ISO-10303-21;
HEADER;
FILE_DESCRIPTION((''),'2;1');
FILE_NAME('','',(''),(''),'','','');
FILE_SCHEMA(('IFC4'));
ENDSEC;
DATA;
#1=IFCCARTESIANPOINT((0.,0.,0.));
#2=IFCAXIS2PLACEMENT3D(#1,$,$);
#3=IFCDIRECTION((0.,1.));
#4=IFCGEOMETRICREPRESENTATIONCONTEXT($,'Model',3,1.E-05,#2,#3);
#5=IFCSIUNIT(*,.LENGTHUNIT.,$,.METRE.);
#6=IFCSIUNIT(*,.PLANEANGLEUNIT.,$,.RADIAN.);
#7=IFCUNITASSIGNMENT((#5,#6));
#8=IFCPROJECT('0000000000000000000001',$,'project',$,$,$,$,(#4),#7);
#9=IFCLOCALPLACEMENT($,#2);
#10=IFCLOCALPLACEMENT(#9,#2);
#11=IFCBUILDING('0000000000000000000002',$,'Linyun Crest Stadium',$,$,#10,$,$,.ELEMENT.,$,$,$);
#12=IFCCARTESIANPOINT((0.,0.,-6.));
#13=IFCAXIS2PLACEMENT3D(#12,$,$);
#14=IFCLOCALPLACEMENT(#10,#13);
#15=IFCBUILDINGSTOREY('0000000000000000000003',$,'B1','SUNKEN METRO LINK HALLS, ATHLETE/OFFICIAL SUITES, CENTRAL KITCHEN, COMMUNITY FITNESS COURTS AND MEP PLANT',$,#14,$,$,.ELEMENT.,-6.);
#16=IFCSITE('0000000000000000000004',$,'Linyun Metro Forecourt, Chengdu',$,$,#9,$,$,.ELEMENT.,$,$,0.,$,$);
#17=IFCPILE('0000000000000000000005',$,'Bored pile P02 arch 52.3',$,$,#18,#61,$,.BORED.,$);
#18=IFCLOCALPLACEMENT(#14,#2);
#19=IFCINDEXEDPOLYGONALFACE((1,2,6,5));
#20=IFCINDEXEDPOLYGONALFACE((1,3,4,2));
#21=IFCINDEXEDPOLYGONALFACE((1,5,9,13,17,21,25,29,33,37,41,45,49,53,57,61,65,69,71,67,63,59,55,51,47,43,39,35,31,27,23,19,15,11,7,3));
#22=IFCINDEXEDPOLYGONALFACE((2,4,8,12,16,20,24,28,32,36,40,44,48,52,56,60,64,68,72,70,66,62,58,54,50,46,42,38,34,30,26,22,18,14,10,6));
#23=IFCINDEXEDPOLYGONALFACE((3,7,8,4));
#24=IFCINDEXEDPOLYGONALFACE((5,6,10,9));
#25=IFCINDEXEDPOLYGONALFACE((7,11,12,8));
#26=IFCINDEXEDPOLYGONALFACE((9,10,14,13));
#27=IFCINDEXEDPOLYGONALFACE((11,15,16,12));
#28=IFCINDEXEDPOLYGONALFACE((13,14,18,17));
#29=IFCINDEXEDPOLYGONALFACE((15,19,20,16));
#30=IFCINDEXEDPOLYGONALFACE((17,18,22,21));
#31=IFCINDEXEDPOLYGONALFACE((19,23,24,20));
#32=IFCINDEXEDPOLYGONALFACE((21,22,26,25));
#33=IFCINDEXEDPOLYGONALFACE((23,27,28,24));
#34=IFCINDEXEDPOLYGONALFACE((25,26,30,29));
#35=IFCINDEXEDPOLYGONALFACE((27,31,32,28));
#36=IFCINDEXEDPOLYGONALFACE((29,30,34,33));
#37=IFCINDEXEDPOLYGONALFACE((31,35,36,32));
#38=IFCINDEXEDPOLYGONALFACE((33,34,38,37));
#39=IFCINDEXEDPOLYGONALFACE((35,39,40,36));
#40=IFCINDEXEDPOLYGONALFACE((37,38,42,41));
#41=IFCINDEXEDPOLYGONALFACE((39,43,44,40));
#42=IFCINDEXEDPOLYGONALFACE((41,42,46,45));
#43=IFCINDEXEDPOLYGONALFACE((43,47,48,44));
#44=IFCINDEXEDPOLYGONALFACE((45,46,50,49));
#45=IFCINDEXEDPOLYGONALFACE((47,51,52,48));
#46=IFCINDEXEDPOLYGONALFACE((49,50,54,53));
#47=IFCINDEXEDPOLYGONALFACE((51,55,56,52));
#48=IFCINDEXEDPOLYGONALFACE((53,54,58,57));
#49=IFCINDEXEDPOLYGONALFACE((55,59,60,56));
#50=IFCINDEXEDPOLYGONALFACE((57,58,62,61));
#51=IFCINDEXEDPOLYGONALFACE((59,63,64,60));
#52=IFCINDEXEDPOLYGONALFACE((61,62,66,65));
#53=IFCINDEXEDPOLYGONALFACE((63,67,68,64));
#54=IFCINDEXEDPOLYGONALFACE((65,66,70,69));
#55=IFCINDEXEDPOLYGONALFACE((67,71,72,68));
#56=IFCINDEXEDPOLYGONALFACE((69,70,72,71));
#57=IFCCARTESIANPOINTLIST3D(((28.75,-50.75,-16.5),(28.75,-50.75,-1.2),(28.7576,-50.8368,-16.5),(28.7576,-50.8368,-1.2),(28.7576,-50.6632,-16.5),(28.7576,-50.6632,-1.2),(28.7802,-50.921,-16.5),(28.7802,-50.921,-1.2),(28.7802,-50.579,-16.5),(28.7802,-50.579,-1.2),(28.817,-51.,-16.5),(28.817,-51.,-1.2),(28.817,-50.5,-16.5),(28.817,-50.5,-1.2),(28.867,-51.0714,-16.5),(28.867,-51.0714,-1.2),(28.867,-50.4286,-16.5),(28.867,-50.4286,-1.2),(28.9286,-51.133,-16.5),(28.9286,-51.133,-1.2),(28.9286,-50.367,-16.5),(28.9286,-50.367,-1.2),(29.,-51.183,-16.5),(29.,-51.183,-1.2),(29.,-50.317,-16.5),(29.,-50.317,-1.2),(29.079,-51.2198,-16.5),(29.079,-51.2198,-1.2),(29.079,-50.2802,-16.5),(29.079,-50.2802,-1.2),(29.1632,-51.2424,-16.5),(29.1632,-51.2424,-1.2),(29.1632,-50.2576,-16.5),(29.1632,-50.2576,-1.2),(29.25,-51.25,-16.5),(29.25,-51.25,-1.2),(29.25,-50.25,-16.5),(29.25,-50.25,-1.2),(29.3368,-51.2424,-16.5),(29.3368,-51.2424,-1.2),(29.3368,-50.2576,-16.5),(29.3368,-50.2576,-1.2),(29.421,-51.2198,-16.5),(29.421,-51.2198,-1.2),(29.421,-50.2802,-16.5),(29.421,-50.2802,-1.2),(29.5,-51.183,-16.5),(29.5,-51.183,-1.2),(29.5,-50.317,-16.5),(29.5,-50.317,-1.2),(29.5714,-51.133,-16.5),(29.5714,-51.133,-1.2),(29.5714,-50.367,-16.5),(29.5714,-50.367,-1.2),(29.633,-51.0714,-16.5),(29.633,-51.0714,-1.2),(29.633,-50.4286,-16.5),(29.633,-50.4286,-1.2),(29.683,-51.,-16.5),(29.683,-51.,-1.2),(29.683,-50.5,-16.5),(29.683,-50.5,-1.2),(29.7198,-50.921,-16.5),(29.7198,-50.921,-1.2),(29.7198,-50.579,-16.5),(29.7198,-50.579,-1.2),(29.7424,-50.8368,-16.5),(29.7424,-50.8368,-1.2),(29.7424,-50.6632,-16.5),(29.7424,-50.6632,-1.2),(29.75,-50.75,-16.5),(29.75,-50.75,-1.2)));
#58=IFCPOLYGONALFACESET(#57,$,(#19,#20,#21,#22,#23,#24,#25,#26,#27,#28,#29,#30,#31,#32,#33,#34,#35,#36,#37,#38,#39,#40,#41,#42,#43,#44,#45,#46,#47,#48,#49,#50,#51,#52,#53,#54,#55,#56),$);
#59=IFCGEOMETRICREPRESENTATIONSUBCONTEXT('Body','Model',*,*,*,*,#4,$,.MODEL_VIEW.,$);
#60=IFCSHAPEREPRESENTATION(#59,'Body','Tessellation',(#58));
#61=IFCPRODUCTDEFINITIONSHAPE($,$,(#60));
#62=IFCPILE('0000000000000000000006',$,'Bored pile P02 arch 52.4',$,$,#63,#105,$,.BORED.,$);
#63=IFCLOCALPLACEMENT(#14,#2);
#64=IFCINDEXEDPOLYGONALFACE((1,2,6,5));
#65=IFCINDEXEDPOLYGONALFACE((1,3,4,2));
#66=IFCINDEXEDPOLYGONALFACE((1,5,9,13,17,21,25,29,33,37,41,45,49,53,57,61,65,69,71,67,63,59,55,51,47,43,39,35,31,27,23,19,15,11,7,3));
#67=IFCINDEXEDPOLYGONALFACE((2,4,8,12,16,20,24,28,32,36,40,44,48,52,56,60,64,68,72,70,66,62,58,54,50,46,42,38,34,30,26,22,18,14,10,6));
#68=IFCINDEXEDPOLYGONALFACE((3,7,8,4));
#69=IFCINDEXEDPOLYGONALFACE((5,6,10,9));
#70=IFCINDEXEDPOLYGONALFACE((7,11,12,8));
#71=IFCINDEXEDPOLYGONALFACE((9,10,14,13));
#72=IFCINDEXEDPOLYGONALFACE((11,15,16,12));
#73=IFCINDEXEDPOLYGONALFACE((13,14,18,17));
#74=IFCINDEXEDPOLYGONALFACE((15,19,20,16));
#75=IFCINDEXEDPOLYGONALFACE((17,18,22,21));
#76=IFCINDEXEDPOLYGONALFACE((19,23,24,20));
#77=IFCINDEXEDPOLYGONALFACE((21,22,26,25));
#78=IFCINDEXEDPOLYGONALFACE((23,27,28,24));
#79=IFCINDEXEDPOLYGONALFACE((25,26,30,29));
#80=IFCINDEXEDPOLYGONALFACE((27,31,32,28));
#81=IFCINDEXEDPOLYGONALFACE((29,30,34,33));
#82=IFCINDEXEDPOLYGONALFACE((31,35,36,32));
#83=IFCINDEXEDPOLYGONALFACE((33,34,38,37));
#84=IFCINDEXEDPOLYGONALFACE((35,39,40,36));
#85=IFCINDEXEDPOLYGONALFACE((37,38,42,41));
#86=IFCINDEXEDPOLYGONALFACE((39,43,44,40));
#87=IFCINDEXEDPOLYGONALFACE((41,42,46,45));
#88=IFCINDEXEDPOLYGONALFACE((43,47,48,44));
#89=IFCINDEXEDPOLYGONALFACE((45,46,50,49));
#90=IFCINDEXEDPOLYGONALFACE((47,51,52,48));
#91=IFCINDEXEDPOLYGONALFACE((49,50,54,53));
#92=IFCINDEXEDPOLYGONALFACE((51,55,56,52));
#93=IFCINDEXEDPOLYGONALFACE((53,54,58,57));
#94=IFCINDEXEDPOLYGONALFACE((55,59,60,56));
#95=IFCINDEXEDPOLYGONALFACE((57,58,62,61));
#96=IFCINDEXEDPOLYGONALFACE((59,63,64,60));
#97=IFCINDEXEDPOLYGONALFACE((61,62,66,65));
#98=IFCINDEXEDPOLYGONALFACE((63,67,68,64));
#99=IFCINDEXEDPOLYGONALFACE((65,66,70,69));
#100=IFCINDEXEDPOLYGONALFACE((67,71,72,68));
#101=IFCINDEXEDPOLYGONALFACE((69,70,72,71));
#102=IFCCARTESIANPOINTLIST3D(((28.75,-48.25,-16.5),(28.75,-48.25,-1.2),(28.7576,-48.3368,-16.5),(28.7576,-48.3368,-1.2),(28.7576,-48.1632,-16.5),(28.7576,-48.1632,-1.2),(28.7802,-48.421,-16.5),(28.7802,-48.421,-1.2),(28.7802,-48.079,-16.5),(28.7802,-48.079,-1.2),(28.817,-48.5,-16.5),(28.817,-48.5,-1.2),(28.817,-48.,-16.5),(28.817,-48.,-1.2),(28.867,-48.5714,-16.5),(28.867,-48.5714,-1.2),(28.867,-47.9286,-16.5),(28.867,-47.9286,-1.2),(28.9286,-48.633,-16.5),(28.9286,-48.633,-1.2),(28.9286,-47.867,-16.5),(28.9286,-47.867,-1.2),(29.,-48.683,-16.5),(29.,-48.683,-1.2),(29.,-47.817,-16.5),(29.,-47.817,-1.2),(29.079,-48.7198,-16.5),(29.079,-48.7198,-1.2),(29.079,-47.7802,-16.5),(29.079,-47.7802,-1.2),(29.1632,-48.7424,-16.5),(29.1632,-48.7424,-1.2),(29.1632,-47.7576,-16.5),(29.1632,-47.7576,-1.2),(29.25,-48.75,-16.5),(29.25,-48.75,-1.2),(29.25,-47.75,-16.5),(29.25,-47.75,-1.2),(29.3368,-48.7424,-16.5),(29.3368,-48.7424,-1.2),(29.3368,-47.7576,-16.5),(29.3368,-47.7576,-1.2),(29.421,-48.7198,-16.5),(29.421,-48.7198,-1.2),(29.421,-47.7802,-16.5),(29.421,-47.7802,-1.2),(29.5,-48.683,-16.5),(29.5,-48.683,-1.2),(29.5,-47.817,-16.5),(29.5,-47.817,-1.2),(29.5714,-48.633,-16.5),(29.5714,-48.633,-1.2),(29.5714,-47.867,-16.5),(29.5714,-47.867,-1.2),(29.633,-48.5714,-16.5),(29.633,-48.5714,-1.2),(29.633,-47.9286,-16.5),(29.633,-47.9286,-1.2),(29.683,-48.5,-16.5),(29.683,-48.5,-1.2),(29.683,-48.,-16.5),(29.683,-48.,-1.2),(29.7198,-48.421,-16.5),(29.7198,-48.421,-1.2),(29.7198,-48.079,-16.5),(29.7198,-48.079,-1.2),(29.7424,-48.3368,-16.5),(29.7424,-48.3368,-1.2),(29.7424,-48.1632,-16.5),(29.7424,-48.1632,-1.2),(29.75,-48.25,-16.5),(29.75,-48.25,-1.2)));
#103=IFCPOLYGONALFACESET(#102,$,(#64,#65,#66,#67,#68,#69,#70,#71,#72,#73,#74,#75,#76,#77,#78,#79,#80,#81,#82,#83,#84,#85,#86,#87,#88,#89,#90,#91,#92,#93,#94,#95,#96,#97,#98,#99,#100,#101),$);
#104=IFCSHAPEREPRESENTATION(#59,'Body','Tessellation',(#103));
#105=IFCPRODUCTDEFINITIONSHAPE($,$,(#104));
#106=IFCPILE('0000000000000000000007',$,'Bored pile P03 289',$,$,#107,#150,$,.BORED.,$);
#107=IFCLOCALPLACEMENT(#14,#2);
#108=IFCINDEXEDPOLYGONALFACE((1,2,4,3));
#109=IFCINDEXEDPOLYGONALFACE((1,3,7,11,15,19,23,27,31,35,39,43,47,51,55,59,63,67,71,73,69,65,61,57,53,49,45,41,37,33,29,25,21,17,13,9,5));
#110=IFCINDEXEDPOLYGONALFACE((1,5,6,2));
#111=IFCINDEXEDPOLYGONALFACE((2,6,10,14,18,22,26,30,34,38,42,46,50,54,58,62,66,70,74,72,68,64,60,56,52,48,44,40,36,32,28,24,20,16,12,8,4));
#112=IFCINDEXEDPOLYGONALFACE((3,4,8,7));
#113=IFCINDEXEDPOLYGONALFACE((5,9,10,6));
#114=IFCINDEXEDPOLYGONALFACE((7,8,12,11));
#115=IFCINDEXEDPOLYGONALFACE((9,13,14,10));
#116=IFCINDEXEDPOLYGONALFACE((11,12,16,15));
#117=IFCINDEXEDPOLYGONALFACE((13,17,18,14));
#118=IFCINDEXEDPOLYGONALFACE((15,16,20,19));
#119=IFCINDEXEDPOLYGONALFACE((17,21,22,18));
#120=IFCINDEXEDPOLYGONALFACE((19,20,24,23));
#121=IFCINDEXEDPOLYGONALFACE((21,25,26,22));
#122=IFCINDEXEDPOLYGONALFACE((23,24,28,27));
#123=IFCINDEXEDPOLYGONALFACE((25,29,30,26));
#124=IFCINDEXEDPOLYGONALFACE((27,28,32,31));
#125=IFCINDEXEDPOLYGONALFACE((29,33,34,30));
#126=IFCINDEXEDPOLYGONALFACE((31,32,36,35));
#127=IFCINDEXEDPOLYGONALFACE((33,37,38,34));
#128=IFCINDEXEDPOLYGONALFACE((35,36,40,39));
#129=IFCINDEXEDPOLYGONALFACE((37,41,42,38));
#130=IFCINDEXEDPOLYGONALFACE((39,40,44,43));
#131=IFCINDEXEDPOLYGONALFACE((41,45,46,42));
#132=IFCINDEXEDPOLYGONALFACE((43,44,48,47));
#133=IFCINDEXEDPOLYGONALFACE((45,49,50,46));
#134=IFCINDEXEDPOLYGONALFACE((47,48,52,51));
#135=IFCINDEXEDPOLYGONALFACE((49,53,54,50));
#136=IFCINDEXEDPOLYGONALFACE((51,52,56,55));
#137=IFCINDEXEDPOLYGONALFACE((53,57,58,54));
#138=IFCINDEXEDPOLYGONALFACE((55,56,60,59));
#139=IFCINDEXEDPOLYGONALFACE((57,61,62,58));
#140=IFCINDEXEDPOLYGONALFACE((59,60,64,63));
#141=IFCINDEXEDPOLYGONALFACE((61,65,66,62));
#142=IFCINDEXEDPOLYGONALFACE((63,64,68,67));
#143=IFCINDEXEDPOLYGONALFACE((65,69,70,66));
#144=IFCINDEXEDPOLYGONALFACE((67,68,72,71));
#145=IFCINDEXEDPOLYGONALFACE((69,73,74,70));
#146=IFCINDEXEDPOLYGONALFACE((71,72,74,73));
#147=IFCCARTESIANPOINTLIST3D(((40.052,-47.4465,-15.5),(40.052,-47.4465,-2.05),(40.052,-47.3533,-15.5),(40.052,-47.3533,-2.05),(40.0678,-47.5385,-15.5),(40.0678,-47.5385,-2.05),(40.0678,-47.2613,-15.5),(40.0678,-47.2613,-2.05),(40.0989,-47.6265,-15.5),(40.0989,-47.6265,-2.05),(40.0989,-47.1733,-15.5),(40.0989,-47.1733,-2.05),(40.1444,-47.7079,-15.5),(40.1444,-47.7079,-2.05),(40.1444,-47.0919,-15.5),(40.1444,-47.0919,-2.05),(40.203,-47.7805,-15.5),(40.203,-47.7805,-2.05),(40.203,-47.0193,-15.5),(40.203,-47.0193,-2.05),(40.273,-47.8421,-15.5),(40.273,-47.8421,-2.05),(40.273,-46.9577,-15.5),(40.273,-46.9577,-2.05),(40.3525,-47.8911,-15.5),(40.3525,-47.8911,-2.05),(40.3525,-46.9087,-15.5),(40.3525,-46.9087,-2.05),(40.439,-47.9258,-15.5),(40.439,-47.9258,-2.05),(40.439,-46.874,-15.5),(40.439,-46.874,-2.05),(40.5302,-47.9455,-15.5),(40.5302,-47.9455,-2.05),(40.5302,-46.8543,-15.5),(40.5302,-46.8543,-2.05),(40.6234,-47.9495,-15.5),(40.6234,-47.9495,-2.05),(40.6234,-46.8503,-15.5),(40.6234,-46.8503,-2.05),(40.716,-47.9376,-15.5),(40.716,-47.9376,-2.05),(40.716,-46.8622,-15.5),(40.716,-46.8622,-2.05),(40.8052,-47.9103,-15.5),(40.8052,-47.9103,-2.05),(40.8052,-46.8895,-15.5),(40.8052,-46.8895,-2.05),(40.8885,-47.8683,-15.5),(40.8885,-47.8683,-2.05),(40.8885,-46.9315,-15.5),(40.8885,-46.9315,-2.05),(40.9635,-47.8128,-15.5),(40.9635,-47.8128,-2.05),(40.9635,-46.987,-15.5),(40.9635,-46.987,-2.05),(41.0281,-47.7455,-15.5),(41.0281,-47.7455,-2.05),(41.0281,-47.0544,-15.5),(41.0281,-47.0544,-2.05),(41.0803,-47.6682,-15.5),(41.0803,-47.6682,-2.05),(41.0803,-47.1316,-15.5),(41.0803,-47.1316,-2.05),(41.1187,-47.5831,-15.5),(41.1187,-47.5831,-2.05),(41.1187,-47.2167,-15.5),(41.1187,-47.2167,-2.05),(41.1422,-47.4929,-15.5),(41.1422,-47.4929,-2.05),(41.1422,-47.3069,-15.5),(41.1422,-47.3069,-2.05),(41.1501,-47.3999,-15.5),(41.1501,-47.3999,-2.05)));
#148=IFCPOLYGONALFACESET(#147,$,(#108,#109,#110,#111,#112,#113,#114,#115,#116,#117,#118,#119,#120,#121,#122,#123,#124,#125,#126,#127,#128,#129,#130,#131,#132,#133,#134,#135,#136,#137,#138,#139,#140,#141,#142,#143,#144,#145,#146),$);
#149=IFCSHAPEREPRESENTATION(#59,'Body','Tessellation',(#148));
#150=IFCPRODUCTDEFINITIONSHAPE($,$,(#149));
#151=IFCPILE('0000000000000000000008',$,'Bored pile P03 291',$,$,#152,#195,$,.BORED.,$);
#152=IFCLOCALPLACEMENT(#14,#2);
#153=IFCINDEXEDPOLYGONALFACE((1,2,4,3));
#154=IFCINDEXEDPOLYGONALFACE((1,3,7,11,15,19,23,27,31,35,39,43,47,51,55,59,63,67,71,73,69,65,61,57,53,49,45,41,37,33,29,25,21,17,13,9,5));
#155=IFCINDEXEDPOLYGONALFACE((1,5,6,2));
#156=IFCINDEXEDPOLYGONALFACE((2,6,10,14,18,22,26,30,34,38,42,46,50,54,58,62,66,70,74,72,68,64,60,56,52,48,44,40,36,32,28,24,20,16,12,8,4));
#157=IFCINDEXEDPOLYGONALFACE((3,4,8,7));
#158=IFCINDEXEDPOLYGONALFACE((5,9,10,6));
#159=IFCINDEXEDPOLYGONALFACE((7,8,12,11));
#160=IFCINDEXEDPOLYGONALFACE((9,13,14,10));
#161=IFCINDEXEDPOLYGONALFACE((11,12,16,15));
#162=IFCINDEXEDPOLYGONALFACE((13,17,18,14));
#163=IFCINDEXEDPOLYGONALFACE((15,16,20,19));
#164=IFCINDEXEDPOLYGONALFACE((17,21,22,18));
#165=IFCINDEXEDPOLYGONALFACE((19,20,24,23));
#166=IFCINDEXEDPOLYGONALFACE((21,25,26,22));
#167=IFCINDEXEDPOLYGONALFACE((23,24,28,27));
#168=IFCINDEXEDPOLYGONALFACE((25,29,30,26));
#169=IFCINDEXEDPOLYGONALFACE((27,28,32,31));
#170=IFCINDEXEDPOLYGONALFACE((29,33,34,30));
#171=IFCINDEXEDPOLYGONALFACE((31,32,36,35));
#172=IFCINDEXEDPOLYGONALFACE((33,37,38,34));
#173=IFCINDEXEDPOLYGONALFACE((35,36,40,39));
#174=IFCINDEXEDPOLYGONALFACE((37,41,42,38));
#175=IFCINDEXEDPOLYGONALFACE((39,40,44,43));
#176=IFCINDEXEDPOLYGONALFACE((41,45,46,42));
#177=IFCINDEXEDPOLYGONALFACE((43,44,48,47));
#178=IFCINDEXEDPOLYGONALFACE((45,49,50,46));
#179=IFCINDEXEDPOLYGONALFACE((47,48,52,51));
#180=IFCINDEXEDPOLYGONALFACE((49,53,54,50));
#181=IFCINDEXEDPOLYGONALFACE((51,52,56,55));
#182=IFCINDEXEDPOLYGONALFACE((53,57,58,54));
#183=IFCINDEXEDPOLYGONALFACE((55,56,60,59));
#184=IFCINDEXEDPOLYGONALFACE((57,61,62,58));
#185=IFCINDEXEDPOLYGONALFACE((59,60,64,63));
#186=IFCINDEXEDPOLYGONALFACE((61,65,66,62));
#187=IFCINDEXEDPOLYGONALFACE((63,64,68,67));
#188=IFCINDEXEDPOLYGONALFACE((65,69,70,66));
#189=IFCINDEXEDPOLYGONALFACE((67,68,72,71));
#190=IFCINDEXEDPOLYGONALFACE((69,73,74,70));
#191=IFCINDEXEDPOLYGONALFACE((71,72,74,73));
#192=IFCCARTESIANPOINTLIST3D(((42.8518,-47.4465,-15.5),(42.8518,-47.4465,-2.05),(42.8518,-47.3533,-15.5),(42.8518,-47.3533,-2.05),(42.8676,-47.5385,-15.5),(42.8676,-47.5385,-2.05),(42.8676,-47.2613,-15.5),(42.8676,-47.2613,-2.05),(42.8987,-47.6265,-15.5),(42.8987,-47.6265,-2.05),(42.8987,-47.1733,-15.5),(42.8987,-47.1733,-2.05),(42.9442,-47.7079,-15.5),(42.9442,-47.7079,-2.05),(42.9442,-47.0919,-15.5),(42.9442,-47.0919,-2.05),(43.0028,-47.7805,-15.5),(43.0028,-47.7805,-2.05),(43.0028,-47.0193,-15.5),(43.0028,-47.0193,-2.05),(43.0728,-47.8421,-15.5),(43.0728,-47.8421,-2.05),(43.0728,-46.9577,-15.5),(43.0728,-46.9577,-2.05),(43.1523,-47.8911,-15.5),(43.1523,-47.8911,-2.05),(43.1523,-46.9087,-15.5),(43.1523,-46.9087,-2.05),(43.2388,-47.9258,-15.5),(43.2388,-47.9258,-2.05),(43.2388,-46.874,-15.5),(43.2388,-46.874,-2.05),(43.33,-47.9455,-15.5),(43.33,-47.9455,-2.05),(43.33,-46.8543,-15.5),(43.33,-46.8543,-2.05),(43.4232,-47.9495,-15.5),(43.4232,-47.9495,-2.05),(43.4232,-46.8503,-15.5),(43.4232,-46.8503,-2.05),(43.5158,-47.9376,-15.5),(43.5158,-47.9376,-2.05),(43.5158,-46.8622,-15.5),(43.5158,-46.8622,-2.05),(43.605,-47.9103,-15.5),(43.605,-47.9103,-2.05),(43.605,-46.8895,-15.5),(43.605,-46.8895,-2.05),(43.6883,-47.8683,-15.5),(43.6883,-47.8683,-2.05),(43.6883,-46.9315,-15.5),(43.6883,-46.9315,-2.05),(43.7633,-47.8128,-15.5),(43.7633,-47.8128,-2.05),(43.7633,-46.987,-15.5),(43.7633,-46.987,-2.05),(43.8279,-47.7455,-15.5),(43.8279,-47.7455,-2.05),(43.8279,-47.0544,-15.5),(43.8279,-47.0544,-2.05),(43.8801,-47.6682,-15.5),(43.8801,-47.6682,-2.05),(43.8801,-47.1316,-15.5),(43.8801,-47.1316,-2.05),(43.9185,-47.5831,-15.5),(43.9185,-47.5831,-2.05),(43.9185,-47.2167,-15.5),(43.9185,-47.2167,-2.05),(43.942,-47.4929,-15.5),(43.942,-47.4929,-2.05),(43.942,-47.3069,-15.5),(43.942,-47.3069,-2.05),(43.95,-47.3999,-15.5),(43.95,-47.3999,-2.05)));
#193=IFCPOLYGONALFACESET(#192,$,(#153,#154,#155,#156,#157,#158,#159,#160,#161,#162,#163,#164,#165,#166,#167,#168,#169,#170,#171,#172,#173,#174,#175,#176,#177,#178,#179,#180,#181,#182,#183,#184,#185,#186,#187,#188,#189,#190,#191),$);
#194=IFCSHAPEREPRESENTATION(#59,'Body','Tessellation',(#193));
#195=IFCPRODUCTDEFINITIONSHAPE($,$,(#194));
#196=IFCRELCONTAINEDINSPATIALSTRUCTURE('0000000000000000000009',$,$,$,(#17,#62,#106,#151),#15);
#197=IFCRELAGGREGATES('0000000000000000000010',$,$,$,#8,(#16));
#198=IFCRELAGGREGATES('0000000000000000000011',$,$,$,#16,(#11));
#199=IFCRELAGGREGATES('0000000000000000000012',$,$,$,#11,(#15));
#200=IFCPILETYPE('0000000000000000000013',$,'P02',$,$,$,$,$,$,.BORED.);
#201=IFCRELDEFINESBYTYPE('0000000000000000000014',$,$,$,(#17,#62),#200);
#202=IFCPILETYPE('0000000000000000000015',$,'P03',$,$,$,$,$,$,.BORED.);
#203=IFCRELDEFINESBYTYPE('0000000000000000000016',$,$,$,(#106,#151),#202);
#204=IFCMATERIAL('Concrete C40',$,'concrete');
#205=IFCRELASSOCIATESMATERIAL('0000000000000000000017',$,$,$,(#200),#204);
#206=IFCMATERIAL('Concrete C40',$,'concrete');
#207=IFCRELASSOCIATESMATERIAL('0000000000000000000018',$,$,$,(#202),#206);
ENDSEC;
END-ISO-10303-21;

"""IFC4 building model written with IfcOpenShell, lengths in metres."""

from ifc_helpers import new_model, si_unit, direction, frame, origin, origin_2d, place, context, subcontext, project, spatial, circle, extrude, material, material_profile, profile_set, type_object, element, save


model = new_model("IFC4")

# Units and contexts
model_context = context("Model", 3, precision=1e-05, world=origin(), true_north=direction((0.0, 1.0)))
body_context = subcontext(model_context, "Body", "Model", "MODEL_VIEW")
ifc_project = project(units=[si_unit("LENGTHUNIT", "METRE"), si_unit("PLANEANGLEUNIT", "RADIAN")], contexts=[model_context])

# Site, building, storey
site_placement = place(None, origin())
site = spatial("IfcSite", under=ifc_project, at=site_placement, Name="Linyun Metro Forecourt, Chengdu", CompositionType="ELEMENT", RefElevation=0.0)
building_placement = place(site_placement, origin())
building = spatial("IfcBuilding", under=site, at=building_placement, Name="Linyun Crest Stadium", CompositionType="ELEMENT")
storey_placement = place(building_placement, frame((0.0, 0.0, -6.0)))
storey = spatial("IfcBuildingStorey", under=building, at=storey_placement, Name="B1", Description="SUNKEN METRO LINK HALLS, ATHLETE/OFFICIAL SUITES, CENTRAL KITCHEN, COMMUNITY FITNESS COURTS AND MEP PLANT", CompositionType="ELEMENT", Elevation=-6.0)

# Piles
ifc_material_1 = material(Name="Concrete C40", Category="concrete")
ifc_material_profile_1 = material_profile(ifc_material_1, circle(Radius=0.5, at=origin_2d()), Name="BORED PILE 1000")
ifc_profile_set_1 = profile_set([ifc_material_profile_1], Name="Concrete C40")
pile_type_1 = type_object("IfcPileType", Name="P02", PredefinedType="BORED", material=ifc_profile_set_1)
for number, where, z_axis, x_axis, name in (
    (1, (29.25, -50.75, -1.2), (0.0, 0.0, -1.0), (1.0, 0.0, 0.0), "Bored pile P02 arch 52.3"),
    (2, (29.25, -48.25, -1.2), (0.0, 0.0, -1.0), (1.0, 0.0, 0.0), "Bored pile P02 arch 52.4"),
):
    element("IfcPile", number, at=place(storey_placement, frame(where, z_axis=z_axis, x_axis=x_axis)), inside=storey, type_object=pile_type_1, Name=name, PredefinedType="BORED", context=body_context, shape_type="SweptSolid", body=[
        extrude(circle(Radius=0.5, at=origin_2d()), origin(), (0.0, 0.0, 1.0), 15.3),
    ])
ifc_material_2 = material(Name="Concrete C40", Category="concrete")
ifc_material_profile_2 = material_profile(ifc_material_2, circle(Radius=0.55, at=origin_2d()), Name="BORED PILE 1100")
ifc_profile_set_2 = profile_set([ifc_material_profile_2], Name="Concrete C40")
pile_type_2 = type_object("IfcPileType", Name="P03", PredefinedType="BORED", material=ifc_profile_set_2)
for number, where, z_axis, x_axis, name in (
    (3, (40.6001, -47.3999, -2.05), (0.0, 0.0, -1.0), (1.0, 0.0, 0.0), "Bored pile P03 289"),
    (4, (43.3999, -47.3999, -2.05), (0.0, 0.0, -1.0), (1.0, 0.0, 0.0), "Bored pile P03 291"),
):
    element("IfcPile", number, at=place(storey_placement, frame(where, z_axis=z_axis, x_axis=x_axis)), inside=storey, type_object=pile_type_2, Name=name, PredefinedType="BORED", context=body_context, shape_type="SweptSolid", body=[
        extrude(circle(Radius=0.55, at=origin_2d()), origin(), (0.0, 0.0, 1.0), 13.45),
    ])

save(model, "model.ifc")
